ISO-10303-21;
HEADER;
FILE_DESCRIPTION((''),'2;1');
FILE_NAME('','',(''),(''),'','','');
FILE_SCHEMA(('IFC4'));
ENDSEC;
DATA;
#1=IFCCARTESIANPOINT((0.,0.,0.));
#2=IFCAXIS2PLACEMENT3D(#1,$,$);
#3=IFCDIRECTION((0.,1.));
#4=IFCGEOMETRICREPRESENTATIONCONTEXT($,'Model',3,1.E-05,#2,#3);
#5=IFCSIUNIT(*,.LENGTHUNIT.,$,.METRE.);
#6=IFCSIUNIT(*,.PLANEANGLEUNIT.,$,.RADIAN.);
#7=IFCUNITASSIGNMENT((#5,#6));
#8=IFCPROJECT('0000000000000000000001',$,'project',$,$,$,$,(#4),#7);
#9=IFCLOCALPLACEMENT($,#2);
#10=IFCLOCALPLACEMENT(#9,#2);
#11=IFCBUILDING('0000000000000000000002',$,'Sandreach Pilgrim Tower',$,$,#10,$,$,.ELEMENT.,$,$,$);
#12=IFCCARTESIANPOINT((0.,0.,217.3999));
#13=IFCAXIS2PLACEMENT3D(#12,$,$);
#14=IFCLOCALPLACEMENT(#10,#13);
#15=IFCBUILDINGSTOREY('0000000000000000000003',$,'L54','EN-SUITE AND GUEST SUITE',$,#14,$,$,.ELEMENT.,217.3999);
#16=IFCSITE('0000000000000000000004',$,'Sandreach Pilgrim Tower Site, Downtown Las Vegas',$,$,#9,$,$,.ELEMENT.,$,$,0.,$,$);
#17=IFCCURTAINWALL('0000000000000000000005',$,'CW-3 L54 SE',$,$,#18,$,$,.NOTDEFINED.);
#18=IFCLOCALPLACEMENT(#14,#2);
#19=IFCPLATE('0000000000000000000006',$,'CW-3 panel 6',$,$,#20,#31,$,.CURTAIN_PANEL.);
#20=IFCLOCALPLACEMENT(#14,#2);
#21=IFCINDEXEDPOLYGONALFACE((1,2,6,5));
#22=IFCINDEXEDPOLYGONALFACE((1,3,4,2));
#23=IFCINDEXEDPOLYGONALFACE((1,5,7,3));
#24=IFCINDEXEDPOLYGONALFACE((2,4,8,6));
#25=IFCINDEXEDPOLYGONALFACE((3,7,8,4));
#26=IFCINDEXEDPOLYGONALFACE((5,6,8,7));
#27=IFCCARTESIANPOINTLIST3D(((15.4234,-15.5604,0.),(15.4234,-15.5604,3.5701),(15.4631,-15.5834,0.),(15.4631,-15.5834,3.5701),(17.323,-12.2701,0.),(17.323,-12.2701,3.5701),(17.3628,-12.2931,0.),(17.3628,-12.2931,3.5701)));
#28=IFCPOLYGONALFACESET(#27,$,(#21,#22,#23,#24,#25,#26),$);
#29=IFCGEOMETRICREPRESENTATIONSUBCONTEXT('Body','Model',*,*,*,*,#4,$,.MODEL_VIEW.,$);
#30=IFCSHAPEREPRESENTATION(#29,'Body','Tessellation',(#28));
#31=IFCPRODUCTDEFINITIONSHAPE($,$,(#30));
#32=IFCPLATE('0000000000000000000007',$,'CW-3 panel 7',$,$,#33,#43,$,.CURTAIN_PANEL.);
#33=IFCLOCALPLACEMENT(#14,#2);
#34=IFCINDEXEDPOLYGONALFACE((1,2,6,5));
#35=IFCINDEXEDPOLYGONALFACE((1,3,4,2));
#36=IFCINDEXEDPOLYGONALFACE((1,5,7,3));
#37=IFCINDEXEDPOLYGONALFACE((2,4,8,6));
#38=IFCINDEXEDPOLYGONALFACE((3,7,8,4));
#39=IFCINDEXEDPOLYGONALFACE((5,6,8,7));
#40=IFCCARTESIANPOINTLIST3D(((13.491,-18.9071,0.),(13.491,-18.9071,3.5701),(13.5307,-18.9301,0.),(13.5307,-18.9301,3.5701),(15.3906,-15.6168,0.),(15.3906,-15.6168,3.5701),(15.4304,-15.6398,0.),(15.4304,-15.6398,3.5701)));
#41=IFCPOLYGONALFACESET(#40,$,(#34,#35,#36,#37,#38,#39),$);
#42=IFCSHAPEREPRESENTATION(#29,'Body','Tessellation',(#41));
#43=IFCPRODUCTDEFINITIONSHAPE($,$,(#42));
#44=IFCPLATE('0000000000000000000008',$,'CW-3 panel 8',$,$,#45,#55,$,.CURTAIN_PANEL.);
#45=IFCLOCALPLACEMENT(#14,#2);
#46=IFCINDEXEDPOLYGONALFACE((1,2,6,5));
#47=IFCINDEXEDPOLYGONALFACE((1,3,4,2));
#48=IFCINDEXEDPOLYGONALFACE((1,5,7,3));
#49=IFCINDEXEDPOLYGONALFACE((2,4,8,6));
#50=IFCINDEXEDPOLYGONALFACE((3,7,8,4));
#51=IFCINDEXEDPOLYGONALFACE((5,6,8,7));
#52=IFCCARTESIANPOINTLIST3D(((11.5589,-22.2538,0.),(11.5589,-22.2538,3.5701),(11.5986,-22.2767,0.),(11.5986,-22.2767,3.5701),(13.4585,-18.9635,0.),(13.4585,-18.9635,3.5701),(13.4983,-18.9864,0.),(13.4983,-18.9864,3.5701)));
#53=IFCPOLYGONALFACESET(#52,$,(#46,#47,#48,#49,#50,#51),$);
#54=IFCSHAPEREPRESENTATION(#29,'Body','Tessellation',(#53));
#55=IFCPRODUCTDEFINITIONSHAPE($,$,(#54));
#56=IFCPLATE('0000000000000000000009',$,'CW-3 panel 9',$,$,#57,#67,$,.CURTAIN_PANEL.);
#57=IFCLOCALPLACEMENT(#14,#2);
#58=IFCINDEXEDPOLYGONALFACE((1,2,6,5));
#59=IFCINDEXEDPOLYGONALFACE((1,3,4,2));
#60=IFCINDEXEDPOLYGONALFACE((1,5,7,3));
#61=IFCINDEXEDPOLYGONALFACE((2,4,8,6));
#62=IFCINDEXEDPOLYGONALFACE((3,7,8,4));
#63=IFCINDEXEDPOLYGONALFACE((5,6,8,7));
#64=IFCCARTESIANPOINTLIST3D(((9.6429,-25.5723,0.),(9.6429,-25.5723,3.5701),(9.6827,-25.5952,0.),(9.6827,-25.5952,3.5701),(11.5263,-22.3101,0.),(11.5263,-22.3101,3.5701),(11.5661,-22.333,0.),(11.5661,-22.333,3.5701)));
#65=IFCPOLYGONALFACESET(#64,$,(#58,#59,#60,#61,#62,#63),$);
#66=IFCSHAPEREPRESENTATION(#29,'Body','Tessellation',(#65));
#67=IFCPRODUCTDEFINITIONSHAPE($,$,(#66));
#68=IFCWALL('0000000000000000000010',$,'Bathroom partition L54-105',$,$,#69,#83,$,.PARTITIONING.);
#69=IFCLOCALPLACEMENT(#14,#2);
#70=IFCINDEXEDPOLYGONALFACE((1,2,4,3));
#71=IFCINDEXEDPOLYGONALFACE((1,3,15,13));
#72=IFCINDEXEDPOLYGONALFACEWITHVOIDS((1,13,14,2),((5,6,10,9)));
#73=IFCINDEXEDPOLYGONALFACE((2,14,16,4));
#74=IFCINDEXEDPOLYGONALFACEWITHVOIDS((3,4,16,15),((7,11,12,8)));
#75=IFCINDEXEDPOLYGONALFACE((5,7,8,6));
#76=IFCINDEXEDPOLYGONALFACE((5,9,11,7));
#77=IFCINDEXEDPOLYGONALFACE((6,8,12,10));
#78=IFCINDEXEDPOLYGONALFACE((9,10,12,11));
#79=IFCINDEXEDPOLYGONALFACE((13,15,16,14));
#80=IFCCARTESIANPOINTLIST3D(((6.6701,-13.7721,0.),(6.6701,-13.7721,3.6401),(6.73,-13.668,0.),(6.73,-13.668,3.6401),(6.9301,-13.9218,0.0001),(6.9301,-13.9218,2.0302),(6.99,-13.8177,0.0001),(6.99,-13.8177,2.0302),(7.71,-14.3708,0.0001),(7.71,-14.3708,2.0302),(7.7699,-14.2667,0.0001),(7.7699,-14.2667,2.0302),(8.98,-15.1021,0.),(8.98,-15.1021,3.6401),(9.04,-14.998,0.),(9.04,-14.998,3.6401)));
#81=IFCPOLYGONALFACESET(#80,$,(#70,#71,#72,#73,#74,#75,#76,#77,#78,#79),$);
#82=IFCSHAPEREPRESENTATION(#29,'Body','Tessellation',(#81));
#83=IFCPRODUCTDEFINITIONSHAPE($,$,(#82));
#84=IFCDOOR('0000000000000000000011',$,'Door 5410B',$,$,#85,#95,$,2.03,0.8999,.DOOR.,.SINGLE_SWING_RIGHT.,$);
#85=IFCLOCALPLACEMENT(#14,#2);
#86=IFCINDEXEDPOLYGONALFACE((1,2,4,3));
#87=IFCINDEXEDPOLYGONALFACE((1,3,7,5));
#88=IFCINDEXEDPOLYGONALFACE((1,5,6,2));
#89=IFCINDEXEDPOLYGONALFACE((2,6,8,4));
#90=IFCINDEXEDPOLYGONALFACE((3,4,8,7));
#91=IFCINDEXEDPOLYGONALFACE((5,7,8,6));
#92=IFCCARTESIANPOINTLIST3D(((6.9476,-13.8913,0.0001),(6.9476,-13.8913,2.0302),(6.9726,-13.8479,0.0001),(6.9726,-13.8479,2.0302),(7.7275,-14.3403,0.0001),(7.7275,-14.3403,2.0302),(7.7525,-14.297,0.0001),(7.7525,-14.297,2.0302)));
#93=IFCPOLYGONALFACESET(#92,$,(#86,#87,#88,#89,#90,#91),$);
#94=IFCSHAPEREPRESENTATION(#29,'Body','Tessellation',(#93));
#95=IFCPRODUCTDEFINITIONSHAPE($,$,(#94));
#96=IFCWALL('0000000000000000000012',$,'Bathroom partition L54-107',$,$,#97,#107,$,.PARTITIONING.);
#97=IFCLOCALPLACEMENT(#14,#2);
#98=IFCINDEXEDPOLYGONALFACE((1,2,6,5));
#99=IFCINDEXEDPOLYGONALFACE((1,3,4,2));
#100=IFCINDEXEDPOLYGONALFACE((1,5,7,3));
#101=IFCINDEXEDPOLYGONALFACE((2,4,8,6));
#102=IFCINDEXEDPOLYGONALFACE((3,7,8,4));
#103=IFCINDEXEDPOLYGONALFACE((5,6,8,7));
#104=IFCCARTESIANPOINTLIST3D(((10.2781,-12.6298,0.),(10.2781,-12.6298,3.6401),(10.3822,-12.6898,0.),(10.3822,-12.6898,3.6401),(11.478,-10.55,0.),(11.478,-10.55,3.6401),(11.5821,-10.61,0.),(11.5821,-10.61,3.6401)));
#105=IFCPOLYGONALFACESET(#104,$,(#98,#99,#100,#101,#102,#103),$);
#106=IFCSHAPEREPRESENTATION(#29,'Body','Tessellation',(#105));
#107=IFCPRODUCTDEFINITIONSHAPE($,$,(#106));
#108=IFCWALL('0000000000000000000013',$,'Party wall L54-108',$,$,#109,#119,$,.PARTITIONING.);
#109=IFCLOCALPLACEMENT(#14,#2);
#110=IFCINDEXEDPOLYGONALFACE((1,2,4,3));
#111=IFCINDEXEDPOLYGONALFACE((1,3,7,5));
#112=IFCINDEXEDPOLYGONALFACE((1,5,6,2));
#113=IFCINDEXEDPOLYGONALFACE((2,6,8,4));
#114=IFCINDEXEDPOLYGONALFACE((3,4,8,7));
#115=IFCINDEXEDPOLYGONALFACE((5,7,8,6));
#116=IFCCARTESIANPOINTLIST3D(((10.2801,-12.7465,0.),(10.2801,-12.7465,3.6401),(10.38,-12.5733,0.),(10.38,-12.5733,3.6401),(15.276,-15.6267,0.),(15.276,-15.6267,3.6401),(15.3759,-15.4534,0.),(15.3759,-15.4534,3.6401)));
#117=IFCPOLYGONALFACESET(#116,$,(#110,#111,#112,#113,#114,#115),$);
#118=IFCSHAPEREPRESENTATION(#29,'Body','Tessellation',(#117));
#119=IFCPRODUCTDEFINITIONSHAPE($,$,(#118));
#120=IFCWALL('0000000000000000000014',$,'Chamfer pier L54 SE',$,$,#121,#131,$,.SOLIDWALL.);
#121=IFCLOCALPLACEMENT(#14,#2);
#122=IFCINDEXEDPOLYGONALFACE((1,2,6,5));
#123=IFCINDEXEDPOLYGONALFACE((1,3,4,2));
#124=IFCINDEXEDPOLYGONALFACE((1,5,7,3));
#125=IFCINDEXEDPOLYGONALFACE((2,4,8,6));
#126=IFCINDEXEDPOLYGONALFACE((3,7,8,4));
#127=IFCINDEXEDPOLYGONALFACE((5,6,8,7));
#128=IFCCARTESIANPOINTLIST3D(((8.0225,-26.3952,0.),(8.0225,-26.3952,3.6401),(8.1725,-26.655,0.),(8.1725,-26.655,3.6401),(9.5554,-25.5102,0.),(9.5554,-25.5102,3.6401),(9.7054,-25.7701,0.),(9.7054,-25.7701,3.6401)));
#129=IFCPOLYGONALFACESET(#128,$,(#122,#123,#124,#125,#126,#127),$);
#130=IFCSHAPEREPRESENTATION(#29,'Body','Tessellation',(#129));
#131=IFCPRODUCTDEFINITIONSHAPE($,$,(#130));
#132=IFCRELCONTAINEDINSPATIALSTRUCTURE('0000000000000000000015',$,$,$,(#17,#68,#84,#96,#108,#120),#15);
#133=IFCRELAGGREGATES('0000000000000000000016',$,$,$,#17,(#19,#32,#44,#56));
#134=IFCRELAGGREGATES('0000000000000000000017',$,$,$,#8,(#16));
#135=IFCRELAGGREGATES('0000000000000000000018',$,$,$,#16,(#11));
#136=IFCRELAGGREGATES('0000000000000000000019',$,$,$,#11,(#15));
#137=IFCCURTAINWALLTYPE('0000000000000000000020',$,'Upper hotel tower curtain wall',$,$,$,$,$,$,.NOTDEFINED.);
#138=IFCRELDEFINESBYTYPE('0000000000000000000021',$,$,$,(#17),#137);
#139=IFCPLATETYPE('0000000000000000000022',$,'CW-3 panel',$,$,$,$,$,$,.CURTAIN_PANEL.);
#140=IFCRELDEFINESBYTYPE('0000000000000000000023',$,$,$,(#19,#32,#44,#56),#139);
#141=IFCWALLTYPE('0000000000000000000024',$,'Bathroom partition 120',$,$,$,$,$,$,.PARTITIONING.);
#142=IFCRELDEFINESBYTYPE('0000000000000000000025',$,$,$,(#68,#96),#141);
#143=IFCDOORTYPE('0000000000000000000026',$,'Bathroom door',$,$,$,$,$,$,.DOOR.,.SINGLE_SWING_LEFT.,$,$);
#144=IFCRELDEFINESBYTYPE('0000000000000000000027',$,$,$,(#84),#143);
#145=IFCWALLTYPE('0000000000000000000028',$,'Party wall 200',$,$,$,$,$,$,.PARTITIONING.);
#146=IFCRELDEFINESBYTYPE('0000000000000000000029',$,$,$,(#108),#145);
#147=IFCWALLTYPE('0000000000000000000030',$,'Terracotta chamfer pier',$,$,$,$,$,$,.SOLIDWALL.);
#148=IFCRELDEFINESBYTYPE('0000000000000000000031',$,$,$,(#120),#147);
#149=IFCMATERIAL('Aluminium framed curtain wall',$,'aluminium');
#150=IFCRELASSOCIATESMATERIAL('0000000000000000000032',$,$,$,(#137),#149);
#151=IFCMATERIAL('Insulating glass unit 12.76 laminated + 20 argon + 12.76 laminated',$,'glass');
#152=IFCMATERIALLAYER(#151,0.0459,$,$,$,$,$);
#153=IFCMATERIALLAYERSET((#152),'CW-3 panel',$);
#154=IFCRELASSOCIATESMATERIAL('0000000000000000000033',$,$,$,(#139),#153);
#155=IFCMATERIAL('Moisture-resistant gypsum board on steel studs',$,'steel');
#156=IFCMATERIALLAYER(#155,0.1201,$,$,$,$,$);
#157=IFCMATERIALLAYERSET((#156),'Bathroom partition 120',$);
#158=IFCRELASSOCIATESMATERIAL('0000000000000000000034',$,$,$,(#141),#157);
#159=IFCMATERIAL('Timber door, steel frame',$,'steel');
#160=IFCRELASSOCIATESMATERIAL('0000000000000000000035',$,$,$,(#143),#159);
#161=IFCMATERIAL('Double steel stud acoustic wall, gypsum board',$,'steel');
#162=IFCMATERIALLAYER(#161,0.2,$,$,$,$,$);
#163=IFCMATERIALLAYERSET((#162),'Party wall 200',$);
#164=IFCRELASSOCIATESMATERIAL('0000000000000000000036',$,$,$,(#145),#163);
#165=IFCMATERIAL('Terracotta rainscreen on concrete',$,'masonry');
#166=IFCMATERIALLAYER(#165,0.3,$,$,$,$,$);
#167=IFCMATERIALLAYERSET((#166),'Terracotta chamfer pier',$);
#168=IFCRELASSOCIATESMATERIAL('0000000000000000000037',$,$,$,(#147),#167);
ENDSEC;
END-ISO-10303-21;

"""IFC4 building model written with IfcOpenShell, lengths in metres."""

from ifc_helpers import new_model, si_unit, direction, frame, frame_2d, origin, origin_2d, place, context, subcontext, project, spatial, rectangle, extrude, material, layer, layer_set, type_object, element, fill, aggregate, save


model = new_model("IFC4")

# Units and contexts
model_context = context("Model", 3, precision=1e-05, world=origin(), true_north=direction((0.0, 1.0)))
body_context = subcontext(model_context, "Body", "Model", "MODEL_VIEW")
ifc_project = project(units=[si_unit("LENGTHUNIT", "METRE"), si_unit("PLANEANGLEUNIT", "RADIAN")], contexts=[model_context])

# Site, building, storey
site_placement = place(None, origin())
site = spatial("IfcSite", under=ifc_project, at=site_placement, Name="Sandreach Pilgrim Tower Site, Downtown Las Vegas", CompositionType="ELEMENT", RefElevation=0.0)
building_placement = place(site_placement, origin())
building = spatial("IfcBuilding", under=site, at=building_placement, Name="Sandreach Pilgrim Tower", CompositionType="ELEMENT")
storey_placement = place(building_placement, frame((0.0, 0.0, 217.3999)))
storey = spatial("IfcBuildingStorey", under=building, at=storey_placement, Name="L54", Description="EN-SUITE AND GUEST SUITE", CompositionType="ELEMENT", Elevation=217.3999)

# Curtain wall
ifc_material_1 = material(Name="Aluminium framed curtain wall", Category="aluminium")
curtain_wall_type = type_object("IfcCurtainWallType", Name="Upper hotel tower curtain wall", PredefinedType="NOTDEFINED", material=ifc_material_1)
curtain_wall_1_placement = place(storey_placement, origin())
curtain_wall_1 = element("IfcCurtainWall", 1, at=curtain_wall_1_placement, inside=storey, type_object=curtain_wall_type, Name="CW-3 L54 SE", PredefinedType="NOTDEFINED")

# Plates
ifc_material_2 = material(Name="Insulating glass unit 12.76 laminated + 20 argon + 12.76 laminated", Category="glass")
ifc_layer_1 = layer(ifc_material_2, 0.0459)
ifc_layer_set_1 = layer_set([ifc_layer_1], Name="CW-3 panel")
plate_type = type_object("IfcPlateType", Name="CW-3 panel", PredefinedType="CURTAIN_PANEL", material=ifc_layer_set_1)
plate_1_placement = place(storey_placement, frame((16.3931, -13.9268, 0.0), z_axis=(0.0, 0.0, 1.0), x_axis=(-0.5, -0.866025, 0.0)))
plate_1 = element("IfcPlate", 2, at=plate_1_placement, type_object=plate_type, Name="CW-3 panel 6", PredefinedType="CURTAIN_PANEL", context=body_context, shape_type="SweptSolid", body=[
    extrude(rectangle(XDim=3.7993, YDim=0.0459, at=origin_2d()), origin(), (0.0, 0.0, 1.0), 3.5701),
])
plate_2_placement = place(storey_placement, frame((14.4607, -17.2734, 0.0), z_axis=(0.0, 0.0, 1.0), x_axis=(-0.5, -0.866025, 0.0)))
plate_2 = element("IfcPlate", 3, at=plate_2_placement, type_object=plate_type, Name="CW-3 panel 7", PredefinedType="CURTAIN_PANEL", context=body_context, shape_type="SweptSolid", body=[
    extrude(rectangle(XDim=3.7993, YDim=0.0459, at=origin_2d()), origin(), (0.0, 0.0, 1.0), 3.5701),
])
plate_3_placement = place(storey_placement, frame((12.5286, -20.6201, 0.0), z_axis=(0.0, 0.0, 1.0), x_axis=(-0.5, -0.866025, 0.0)))
plate_3 = element("IfcPlate", 4, at=plate_3_placement, type_object=plate_type, Name="CW-3 panel 8", PredefinedType="CURTAIN_PANEL", context=body_context, shape_type="SweptSolid", body=[
    extrude(rectangle(XDim=3.7993, YDim=0.0459, at=origin_2d()), origin(), (0.0, 0.0, 1.0), 3.5701),
])
plate_4_placement = place(storey_placement, frame((10.6045, -23.9526, 0.0), z_axis=(0.0, 0.0, 1.0), x_axis=(-0.5, -0.866025, 0.0)))
plate_4 = element("IfcPlate", 5, at=plate_4_placement, type_object=plate_type, Name="CW-3 panel 9", PredefinedType="CURTAIN_PANEL", context=body_context, shape_type="SweptSolid", body=[
    extrude(rectangle(XDim=3.7668, YDim=0.0459, at=origin_2d()), origin(), (0.0, 0.0, 1.0), 3.5701),
])
aggregate(curtain_wall_1, [plate_1, plate_2, plate_3, plate_4])

# Wall, opening, door
ifc_material_3 = material(Name="Moisture-resistant gypsum board on steel studs", Category="steel")
ifc_layer_2 = layer(ifc_material_3, 0.1201)
ifc_layer_set_2 = layer_set([ifc_layer_2], Name="Bathroom partition 120")
wall_type_1 = type_object("IfcWallType", Name="Bathroom partition 120", PredefinedType="PARTITIONING", material=ifc_layer_set_2)
wall_1_placement = place(storey_placement, frame((9.01, -15.05, 0.0), z_axis=(0.0, 0.0, 1.0), x_axis=(-0.866615, 0.498977, 0.0)))
wall_1 = element("IfcWall", 6, at=wall_1_placement, inside=storey, type_object=wall_type_1, Name="Bathroom partition L54-105", PredefinedType="PARTITIONING", context=body_context, shape_type="SweptSolid", body=[
    extrude(rectangle(XDim=2.6655, YDim=0.1201, at=frame_2d((1.3328, 0.0))), origin(), (0.0, 0.0, 1.0), 3.6401),
])
opening_placement = place(wall_1_placement, frame((1.4656, 0.0, 0.0)))
opening = element("IfcOpeningElement", 7, at=opening_placement, cuts=wall_1, PredefinedType="OPENING", context=body_context, shape_type="SweptSolid", body=[
    extrude(rectangle(XDim=0.8999, YDim=2.03, at=frame_2d((0.45, 1.0151))), frame((0.0, 0.0601, 0.0), z_axis=(0.0, -1.0, 0.0), x_axis=(1.0, 0.0, 0.0)), (0.0, 0.0, 1.0), 0.1201),
])
ifc_material_4 = material(Name="Timber door, steel frame", Category="steel")
door_type = type_object("IfcDoorType", Name="Bathroom door", OperationType="SINGLE_SWING_LEFT", PredefinedType="DOOR", material=ifc_material_4)
door_placement = place(opening_placement, origin())
door = element("IfcDoor", 8, at=door_placement, inside=storey, type_object=door_type, Name="Door 5410B", OperationType="SINGLE_SWING_RIGHT", OverallHeight=2.03, OverallWidth=0.8999, PredefinedType="DOOR", context=body_context, shape_type="SweptSolid", body=[
    extrude(rectangle(XDim=0.8999, YDim=2.03, at=frame_2d((0.45, 1.0151))), frame((0.0, 0.0249, 0.0), z_axis=(0.0, -1.0, 0.0), x_axis=(1.0, 0.0, 0.0)), (0.0, 0.0, 1.0), 0.05),
])
fill(opening, door)

# Walls
wall_2_placement = place(storey_placement, frame((10.3301, -12.6599, 0.0), z_axis=(0.0, 0.0, 1.0), x_axis=(0.499737, 0.866177, 0.0)))
element("IfcWall", 9, at=wall_2_placement, inside=storey, type_object=wall_type_1, Name="Bathroom partition L54-107", PredefinedType="PARTITIONING", context=body_context, shape_type="SweptSolid", body=[
    extrude(rectangle(XDim=2.4011, YDim=0.1201, at=frame_2d((1.2007, 0.0))), origin(), (0.0, 0.0, 1.0), 3.6401),
])
ifc_material_5 = material(Name="Double steel stud acoustic wall, gypsum board", Category="steel")
ifc_layer_3 = layer(ifc_material_5, 0.2)
ifc_layer_set_3 = layer_set([ifc_layer_3], Name="Party wall 200")
wall_type_2 = type_object("IfcWallType", Name="Party wall 200", PredefinedType="PARTITIONING", material=ifc_layer_set_3)
wall_3_placement = place(storey_placement, frame((10.3301, -12.6599, 0.0), z_axis=(0.0, 0.0, 1.0), x_axis=(0.866343, -0.49945, 0.0)))
element("IfcWall", 10, at=wall_3_placement, inside=storey, type_object=wall_type_2, Name="Party wall L54-108", PredefinedType="PARTITIONING", context=body_context, shape_type="SweptSolid", body=[
    extrude(rectangle(XDim=5.7666, YDim=0.2, at=frame_2d((2.8833, 0.0))), origin(), (0.0, 0.0, 1.0), 3.6401),
])
ifc_material_6 = material(Name="Terracotta rainscreen on concrete", Category="masonry")
ifc_layer_4 = layer(ifc_material_6, 0.3)
ifc_layer_set_4 = layer_set([ifc_layer_4], Name="Terracotta chamfer pier")
wall_type_3 = type_object("IfcWallType", Name="Terracotta chamfer pier", PredefinedType="SOLIDWALL", material=ifc_layer_set_4)
wall_4_placement = place(storey_placement, frame((9.6304, -25.6401, 0.0), z_axis=(0.0, 0.0, 1.0), x_axis=(-0.866036, -0.499981, 0.0)))
element("IfcWall", 11, at=wall_4_placement, inside=storey, type_object=wall_type_3, Name="Chamfer pier L54 SE", PredefinedType="SOLIDWALL", context=body_context, shape_type="SweptSolid", body=[
    extrude(rectangle(XDim=1.77, YDim=0.3, at=frame_2d((0.885, 0.0))), origin(), (0.0, 0.0, 1.0), 3.6401),
])

save(model, "model.ifc")
